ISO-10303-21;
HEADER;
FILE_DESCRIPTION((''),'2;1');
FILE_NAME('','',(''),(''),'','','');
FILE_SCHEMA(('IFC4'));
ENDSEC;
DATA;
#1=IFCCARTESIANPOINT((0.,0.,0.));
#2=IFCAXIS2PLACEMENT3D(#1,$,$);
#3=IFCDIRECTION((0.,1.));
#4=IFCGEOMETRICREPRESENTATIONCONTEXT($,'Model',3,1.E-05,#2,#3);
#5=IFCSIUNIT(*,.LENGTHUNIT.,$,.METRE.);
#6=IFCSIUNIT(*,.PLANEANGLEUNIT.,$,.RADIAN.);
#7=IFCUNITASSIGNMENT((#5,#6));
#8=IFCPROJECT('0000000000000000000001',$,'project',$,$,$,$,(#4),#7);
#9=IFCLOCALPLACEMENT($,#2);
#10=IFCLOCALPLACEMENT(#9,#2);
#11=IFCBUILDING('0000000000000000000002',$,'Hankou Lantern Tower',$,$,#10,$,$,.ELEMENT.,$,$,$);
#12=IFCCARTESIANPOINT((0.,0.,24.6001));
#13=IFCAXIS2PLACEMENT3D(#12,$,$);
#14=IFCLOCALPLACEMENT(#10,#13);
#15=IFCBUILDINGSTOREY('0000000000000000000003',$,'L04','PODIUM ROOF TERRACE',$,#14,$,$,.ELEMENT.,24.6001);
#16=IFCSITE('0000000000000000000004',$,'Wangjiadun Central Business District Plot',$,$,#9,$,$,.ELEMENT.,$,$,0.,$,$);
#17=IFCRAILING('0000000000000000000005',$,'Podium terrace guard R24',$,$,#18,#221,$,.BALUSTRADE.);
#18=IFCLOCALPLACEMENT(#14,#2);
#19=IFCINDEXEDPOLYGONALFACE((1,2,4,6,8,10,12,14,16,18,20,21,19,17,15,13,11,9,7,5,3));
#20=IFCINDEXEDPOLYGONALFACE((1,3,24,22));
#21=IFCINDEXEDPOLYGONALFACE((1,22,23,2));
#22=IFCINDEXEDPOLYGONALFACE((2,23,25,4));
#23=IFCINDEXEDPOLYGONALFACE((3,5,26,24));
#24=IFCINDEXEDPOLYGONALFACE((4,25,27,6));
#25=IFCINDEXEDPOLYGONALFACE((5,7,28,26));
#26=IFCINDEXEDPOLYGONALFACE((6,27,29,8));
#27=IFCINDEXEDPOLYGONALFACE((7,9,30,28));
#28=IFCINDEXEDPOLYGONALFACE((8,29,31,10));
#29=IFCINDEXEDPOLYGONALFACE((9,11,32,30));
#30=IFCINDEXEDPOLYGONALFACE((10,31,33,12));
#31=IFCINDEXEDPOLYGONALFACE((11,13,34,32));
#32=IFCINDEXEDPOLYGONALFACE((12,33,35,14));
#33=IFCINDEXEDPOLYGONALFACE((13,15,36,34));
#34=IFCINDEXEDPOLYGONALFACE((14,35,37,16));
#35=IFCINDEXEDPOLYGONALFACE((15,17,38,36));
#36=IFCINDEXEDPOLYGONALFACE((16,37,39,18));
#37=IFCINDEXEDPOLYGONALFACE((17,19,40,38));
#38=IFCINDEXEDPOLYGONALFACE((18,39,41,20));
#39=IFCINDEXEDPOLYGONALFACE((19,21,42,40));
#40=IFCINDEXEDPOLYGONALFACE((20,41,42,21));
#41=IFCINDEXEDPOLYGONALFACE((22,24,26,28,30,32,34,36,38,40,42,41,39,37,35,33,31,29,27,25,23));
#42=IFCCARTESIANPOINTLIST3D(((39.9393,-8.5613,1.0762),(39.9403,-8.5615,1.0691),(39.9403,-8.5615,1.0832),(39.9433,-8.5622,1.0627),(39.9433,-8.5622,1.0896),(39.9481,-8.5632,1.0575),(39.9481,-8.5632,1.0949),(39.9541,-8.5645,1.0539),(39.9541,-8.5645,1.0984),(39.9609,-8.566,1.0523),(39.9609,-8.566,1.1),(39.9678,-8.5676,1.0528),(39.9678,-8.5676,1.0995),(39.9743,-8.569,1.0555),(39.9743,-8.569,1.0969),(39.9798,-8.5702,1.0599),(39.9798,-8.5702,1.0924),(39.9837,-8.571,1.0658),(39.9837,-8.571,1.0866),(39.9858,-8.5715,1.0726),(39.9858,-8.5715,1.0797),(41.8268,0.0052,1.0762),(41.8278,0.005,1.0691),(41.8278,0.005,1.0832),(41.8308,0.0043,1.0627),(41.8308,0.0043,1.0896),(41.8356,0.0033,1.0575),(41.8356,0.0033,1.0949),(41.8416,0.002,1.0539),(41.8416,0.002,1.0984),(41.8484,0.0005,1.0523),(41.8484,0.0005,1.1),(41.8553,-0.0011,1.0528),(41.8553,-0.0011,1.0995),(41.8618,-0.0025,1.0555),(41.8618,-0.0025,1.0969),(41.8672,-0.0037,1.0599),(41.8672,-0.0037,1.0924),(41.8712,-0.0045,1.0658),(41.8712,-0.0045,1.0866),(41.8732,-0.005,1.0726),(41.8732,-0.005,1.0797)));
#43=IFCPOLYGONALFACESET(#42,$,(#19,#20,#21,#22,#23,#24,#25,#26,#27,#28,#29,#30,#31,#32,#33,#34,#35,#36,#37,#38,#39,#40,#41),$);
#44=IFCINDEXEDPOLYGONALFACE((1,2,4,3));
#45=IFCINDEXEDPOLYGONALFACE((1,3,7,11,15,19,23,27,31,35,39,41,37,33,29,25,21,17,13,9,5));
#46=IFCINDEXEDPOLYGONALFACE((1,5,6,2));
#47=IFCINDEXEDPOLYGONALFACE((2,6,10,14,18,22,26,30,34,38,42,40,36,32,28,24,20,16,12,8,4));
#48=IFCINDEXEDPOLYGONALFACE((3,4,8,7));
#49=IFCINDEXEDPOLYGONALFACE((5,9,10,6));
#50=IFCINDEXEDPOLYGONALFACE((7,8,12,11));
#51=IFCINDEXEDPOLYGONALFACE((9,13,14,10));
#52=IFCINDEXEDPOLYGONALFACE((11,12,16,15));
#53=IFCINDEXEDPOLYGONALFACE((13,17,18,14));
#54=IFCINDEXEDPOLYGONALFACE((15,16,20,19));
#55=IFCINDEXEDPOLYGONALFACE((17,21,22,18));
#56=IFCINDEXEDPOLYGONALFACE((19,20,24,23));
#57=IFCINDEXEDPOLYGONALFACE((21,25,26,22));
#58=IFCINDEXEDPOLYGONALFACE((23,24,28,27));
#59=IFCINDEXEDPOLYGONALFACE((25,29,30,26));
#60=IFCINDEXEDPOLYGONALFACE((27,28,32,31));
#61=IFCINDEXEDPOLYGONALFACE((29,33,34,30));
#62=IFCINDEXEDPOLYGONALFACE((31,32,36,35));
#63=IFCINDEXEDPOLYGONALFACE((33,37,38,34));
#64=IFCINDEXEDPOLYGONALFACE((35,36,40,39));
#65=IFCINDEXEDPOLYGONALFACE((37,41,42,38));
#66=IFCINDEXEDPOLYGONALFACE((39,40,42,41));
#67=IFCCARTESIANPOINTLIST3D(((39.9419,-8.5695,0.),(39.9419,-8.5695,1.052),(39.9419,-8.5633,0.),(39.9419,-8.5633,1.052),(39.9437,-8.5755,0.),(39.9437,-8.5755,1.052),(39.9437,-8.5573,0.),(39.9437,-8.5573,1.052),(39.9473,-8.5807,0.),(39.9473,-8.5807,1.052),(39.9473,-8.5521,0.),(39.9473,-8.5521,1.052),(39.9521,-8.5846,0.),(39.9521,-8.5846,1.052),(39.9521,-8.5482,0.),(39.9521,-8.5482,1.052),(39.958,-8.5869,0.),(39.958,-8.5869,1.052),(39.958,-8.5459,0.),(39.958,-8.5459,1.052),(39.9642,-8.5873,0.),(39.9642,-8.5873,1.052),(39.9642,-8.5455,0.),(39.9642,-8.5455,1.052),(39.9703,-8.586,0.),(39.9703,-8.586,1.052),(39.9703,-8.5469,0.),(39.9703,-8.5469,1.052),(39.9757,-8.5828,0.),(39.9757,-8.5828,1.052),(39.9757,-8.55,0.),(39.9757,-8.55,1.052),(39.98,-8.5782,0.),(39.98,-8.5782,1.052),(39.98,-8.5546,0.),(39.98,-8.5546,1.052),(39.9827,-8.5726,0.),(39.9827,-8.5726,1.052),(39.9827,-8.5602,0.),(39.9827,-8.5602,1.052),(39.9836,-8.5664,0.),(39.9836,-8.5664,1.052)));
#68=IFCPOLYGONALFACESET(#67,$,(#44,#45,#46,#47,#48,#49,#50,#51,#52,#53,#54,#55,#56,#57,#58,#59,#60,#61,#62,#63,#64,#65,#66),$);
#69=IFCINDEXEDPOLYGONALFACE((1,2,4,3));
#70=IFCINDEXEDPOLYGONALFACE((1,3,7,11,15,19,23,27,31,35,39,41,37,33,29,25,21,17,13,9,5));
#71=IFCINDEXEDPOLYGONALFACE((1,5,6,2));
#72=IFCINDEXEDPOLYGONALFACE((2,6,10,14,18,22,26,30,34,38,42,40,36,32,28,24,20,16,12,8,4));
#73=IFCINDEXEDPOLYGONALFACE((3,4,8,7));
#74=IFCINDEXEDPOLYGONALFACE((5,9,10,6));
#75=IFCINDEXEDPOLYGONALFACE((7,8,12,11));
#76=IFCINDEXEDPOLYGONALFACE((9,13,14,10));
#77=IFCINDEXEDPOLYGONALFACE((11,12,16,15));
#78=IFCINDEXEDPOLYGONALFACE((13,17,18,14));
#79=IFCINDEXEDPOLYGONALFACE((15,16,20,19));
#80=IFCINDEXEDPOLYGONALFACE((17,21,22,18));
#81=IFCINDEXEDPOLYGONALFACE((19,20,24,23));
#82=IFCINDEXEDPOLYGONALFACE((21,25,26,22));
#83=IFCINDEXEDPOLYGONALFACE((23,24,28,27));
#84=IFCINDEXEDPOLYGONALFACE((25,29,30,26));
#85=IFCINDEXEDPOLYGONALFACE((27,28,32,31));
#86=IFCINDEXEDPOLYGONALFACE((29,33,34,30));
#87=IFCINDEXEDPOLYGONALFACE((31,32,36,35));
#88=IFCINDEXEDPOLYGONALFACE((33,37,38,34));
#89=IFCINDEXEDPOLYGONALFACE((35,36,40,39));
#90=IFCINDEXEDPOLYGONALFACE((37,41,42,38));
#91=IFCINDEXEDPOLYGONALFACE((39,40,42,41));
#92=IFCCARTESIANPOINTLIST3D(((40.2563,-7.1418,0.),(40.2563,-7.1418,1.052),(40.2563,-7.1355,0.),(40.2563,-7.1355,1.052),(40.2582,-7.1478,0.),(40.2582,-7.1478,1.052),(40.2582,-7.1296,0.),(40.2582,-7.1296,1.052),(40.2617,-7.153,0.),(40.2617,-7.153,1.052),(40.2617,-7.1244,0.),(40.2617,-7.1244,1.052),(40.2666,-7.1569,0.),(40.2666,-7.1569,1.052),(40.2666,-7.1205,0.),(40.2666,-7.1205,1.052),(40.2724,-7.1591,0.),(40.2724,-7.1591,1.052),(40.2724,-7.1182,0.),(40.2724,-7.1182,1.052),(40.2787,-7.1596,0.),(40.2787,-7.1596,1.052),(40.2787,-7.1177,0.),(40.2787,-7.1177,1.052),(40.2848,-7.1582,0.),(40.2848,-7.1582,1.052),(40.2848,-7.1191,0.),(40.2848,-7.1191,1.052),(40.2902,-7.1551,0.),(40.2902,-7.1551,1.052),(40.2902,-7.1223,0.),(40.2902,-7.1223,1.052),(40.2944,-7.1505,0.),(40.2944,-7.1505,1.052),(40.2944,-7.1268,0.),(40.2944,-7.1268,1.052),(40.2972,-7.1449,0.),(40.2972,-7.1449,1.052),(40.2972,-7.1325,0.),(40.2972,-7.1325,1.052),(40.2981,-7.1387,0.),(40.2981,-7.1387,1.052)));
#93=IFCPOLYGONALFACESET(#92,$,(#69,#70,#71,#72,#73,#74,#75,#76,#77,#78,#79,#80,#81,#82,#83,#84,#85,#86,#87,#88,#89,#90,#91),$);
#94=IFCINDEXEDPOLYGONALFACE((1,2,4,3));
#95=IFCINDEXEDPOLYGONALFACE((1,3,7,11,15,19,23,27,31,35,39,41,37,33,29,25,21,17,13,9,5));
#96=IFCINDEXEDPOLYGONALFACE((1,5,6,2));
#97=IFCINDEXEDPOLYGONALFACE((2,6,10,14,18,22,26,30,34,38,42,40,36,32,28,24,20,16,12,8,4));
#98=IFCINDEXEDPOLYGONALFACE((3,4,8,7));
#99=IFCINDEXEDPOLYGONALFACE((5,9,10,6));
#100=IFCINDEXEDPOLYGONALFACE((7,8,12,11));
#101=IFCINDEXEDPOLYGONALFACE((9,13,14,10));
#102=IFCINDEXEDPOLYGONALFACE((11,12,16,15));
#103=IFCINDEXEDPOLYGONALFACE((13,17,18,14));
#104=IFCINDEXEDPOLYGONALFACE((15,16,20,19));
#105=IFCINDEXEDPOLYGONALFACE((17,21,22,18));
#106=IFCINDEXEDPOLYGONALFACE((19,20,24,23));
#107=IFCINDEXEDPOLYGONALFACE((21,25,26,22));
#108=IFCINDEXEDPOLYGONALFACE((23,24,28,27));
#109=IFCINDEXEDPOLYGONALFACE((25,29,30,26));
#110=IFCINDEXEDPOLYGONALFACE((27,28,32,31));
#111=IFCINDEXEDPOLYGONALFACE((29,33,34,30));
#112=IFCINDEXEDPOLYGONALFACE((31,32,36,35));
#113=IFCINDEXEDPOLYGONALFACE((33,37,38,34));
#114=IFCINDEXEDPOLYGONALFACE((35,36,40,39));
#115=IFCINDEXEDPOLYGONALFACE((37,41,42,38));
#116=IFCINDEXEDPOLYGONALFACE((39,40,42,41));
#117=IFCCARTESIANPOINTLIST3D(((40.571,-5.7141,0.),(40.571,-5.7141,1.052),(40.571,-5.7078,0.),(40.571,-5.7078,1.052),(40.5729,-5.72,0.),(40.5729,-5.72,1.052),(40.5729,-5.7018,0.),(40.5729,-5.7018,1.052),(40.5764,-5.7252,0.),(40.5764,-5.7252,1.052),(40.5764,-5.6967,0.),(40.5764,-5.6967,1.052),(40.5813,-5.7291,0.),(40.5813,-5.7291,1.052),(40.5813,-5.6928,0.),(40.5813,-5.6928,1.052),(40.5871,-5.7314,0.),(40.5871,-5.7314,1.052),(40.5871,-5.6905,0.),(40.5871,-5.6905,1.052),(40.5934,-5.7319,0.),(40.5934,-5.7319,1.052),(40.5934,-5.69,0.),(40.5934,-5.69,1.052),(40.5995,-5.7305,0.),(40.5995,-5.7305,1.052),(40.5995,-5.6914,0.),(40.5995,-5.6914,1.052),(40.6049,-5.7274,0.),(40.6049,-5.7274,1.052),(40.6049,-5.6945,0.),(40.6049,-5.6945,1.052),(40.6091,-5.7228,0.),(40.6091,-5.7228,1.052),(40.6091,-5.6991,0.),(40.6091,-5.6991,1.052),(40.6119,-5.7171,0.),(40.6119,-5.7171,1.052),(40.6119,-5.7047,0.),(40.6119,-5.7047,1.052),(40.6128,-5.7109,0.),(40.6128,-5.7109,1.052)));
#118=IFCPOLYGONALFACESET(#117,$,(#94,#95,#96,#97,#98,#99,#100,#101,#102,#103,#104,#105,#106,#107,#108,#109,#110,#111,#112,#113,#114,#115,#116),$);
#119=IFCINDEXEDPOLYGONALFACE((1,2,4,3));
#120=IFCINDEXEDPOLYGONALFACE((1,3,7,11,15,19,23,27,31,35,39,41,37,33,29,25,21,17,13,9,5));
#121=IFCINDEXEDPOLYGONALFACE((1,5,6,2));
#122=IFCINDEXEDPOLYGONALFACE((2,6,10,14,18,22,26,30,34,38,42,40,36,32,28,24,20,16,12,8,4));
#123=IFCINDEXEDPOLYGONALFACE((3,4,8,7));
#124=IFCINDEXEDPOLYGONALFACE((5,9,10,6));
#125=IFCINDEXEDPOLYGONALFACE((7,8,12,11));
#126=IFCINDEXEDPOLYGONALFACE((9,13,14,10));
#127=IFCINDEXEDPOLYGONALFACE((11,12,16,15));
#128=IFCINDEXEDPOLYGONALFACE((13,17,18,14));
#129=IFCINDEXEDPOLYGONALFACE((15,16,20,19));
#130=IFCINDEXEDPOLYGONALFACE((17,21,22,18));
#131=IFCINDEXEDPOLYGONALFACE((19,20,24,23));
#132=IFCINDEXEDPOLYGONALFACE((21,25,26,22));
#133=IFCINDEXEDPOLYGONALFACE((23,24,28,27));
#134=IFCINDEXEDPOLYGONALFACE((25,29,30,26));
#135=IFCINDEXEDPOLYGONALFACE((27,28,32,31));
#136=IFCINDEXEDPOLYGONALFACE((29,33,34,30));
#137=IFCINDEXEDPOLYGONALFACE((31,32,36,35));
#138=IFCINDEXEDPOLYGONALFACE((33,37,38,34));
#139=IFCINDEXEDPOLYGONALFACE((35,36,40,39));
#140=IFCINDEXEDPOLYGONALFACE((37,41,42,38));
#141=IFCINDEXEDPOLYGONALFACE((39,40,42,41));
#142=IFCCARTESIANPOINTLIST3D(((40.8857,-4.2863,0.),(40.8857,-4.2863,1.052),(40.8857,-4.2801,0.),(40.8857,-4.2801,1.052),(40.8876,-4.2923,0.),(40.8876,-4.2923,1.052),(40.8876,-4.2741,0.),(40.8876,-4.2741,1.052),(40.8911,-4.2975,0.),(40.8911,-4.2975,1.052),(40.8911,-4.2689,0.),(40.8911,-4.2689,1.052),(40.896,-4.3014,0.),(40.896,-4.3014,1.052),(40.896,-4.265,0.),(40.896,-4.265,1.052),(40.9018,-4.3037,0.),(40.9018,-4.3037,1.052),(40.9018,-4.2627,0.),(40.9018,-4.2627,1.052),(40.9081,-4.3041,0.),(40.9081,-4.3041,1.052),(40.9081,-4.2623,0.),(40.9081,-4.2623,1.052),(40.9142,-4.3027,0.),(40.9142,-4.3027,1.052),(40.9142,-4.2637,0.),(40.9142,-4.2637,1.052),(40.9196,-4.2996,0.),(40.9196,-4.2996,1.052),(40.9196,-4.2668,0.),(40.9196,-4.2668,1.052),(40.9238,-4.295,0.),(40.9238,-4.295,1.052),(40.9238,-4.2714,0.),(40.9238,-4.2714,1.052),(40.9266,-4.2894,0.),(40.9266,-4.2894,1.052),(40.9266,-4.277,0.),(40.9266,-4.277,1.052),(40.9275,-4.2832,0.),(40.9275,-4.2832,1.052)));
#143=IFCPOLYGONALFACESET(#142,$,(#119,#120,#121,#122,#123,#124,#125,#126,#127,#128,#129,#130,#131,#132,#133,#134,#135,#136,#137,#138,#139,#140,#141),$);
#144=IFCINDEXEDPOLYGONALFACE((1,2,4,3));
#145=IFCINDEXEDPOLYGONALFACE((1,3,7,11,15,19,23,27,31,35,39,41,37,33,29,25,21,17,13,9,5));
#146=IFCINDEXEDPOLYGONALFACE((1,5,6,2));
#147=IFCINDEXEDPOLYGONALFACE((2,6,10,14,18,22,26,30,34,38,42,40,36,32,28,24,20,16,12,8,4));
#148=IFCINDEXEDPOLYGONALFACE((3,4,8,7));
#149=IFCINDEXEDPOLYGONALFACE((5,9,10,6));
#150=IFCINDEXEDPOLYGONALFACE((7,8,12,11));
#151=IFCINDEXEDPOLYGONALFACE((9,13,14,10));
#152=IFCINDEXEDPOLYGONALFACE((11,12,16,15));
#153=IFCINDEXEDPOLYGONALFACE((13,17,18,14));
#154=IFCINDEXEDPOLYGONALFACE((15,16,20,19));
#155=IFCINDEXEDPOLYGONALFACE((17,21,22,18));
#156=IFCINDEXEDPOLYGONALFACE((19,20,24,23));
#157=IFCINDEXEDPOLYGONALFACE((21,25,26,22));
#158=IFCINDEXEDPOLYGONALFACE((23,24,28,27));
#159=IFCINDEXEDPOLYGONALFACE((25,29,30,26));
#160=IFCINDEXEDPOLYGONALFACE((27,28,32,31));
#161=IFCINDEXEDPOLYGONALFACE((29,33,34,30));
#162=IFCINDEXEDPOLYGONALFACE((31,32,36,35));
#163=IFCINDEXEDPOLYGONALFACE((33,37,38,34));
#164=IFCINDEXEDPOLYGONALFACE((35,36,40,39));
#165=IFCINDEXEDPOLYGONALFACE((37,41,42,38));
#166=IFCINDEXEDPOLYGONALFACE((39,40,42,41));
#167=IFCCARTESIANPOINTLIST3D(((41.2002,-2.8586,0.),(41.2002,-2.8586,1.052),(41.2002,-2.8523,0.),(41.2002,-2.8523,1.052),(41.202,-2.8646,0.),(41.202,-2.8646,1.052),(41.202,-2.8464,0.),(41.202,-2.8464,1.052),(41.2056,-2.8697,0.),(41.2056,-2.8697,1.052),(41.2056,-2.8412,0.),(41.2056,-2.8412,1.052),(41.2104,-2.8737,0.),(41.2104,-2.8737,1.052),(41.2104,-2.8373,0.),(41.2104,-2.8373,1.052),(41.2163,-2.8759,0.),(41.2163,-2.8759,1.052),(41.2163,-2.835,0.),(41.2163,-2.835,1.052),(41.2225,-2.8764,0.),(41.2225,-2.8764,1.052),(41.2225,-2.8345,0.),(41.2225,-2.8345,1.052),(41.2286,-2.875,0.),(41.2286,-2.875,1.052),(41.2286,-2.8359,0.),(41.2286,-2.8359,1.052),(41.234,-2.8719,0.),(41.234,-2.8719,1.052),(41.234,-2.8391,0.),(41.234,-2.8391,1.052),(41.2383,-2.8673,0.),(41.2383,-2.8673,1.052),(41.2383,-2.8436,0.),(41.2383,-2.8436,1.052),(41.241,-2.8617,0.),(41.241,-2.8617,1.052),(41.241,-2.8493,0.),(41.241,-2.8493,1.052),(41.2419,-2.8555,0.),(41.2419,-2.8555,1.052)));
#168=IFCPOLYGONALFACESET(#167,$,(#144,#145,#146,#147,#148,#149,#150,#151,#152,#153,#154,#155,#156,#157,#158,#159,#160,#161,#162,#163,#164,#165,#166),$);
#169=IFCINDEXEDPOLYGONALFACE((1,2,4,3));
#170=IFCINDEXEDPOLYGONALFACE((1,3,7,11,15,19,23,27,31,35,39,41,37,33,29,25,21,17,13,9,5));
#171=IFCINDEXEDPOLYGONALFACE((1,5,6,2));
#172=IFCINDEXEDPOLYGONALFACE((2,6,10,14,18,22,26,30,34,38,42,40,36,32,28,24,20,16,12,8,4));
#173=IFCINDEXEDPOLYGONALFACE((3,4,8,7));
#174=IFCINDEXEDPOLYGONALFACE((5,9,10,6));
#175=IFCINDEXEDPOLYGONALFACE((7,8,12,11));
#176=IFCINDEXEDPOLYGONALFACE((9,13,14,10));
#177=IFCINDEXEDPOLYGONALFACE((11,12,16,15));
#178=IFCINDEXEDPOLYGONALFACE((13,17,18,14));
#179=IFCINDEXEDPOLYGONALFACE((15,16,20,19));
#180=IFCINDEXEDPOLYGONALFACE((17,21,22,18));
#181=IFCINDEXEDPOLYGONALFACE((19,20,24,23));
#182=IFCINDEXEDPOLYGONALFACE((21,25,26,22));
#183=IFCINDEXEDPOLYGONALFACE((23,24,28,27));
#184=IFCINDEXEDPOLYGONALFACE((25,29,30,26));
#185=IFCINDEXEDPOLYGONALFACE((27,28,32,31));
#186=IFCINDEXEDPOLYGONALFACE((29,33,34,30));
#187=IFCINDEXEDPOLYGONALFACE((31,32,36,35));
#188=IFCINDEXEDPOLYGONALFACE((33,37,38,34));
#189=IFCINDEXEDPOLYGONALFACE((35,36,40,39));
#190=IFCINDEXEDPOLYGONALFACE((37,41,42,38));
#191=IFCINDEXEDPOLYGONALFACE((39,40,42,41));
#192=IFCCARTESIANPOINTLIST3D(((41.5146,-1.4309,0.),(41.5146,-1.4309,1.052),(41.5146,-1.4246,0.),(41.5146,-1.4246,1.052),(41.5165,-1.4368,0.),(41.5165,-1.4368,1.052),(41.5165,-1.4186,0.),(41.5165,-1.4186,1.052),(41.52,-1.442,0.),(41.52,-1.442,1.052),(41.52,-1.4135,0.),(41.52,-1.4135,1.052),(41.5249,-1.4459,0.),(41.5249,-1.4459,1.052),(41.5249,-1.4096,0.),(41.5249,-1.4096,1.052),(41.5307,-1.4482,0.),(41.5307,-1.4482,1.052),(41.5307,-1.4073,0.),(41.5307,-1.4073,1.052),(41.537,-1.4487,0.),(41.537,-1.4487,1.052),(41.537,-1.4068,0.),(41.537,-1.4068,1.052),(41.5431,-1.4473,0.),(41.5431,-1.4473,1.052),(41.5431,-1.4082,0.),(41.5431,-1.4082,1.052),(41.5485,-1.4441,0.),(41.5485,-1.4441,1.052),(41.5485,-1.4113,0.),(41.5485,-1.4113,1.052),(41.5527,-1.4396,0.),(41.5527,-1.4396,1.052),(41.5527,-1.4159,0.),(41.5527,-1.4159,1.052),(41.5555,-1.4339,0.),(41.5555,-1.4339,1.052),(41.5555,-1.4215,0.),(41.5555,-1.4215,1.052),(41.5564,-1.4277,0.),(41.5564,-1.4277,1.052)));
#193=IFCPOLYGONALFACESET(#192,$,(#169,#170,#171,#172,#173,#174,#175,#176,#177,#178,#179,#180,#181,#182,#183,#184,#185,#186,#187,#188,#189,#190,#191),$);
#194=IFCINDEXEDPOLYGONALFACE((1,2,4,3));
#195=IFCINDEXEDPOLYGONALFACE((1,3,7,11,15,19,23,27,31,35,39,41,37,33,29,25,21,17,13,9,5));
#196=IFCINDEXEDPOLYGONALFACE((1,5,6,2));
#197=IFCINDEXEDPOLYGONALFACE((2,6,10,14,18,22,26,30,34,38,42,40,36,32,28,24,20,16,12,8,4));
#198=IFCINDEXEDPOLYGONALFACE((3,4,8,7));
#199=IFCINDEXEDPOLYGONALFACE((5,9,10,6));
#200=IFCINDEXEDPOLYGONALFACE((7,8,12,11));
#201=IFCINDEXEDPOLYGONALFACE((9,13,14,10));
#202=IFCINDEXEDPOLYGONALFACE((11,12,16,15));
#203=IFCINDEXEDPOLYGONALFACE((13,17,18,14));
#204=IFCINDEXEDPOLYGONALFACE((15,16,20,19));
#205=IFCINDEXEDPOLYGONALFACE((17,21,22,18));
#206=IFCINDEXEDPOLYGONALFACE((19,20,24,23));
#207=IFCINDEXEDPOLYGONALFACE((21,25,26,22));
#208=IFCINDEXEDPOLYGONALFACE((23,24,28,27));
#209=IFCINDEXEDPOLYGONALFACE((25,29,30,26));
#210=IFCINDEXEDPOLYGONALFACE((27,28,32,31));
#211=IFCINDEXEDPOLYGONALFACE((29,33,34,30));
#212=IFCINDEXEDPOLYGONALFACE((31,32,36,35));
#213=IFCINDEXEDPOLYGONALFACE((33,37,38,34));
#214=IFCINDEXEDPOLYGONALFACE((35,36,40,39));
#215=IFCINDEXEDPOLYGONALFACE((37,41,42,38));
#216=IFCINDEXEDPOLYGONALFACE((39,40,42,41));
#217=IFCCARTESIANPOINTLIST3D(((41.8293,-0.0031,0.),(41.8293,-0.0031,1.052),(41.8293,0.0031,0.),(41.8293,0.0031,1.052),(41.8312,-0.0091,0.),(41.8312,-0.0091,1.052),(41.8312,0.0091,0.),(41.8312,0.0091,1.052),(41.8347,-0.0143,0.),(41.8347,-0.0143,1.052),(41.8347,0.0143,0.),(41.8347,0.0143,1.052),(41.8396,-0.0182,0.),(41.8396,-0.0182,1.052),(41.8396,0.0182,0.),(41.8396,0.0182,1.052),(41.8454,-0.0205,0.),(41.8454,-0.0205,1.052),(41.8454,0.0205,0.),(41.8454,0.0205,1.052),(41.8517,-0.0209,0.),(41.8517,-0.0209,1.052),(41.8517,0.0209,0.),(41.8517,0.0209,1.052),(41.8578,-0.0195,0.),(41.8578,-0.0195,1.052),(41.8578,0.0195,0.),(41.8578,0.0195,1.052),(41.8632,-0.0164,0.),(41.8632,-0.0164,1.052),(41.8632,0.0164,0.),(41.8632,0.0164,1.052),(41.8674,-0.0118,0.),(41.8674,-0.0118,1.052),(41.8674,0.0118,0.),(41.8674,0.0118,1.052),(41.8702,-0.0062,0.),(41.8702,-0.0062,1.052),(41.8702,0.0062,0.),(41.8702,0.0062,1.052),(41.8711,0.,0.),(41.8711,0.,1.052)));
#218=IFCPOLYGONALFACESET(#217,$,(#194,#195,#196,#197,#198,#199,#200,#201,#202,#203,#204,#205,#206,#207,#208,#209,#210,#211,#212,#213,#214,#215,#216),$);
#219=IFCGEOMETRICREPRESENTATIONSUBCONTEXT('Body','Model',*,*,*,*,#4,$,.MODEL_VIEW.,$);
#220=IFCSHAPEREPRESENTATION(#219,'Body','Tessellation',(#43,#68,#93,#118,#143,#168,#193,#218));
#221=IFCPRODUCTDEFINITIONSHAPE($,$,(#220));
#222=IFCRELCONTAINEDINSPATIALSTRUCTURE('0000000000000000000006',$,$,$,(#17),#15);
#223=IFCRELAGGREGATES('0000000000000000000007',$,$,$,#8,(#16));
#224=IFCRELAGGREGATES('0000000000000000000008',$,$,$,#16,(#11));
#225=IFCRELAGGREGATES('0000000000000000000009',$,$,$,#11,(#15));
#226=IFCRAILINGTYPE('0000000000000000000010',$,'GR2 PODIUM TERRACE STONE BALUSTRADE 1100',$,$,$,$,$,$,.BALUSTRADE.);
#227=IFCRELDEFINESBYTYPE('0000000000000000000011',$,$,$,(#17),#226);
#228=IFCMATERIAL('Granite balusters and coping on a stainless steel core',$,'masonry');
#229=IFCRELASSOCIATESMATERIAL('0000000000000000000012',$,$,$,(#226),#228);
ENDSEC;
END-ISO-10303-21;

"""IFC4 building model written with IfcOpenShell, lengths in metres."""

from ifc_helpers import new_model, si_unit, direction, frame, origin, origin_2d, place, context, subcontext, project, spatial, circle, extrude, material, type_object, element, save


model = new_model("IFC4")

# Units and contexts
model_context = context("Model", 3, precision=1e-05, world=origin(), true_north=direction((0.0, 1.0)))
body_context = subcontext(model_context, "Body", "Model", "MODEL_VIEW")
ifc_project = project(units=[si_unit("LENGTHUNIT", "METRE"), si_unit("PLANEANGLEUNIT", "RADIAN")], contexts=[model_context])

# Site, building, storey
site_placement = place(None, origin())
site = spatial("IfcSite", under=ifc_project, at=site_placement, Name="Wangjiadun Central Business District Plot", CompositionType="ELEMENT", RefElevation=0.0)
building_placement = place(site_placement, origin())
building = spatial("IfcBuilding", under=site, at=building_placement, Name="Hankou Lantern Tower", CompositionType="ELEMENT")
storey_placement = place(building_placement, frame((0.0, 0.0, 24.6001)))
storey = spatial("IfcBuildingStorey", under=building, at=storey_placement, Name="L04", Description="PODIUM ROOF TERRACE", CompositionType="ELEMENT", Elevation=24.6001)

# Railing
ifc_material_1 = material(Name="Granite balusters and coping on a stainless steel core", Category="masonry")
railing_type_1 = type_object("IfcRailingType", Name="GR2 PODIUM TERRACE STONE BALUSTRADE 1100", PredefinedType="BALUSTRADE", material=ifc_material_1)
railing_1_placement = place(storey_placement, frame((39.9626, -8.5664, 0.0)))
element("IfcRailing", 1, at=railing_1_placement, inside=storey, type_object=railing_type_1, Name="Podium terrace guard R24", PredefinedType="BALUSTRADE", context=body_context, shape_type="SweptSolid", body=[
    extrude(circle(Radius=0.0239, at=origin_2d()), frame((0.0, 0.0, 1.0762), z_axis=(0.215171, 0.976576, 0.0), x_axis=(-0.976576, 0.215171, 0.0)), (0.0, 0.0, 1.0), 8.772),
    extrude(circle(Radius=0.021, at=origin_2d()), origin(), (0.0, 0.0, 1.0), 1.052),
    extrude(circle(Radius=0.021, at=origin_2d()), frame((0.3145, 1.4277, 0.0)), (0.0, 0.0, 1.0), 1.052),
    extrude(circle(Radius=0.021, at=origin_2d()), frame((0.6292, 2.8555, 0.0)), (0.0, 0.0, 1.0), 1.052),
    extrude(circle(Radius=0.021, at=origin_2d()), frame((0.9438, 4.2832, 0.0)), (0.0, 0.0, 1.0), 1.052),
    extrude(circle(Radius=0.021, at=origin_2d()), frame((1.2583, 5.7109, 0.0)), (0.0, 0.0, 1.0), 1.052),
    extrude(circle(Radius=0.021, at=origin_2d()), frame((1.5728, 7.1387, 0.0)), (0.0, 0.0, 1.0), 1.052),
    extrude(circle(Radius=0.021, at=origin_2d()), frame((1.8875, 8.5664, 0.0)), (0.0, 0.0, 1.0), 1.052),
])

save(model, "model.ifc")
